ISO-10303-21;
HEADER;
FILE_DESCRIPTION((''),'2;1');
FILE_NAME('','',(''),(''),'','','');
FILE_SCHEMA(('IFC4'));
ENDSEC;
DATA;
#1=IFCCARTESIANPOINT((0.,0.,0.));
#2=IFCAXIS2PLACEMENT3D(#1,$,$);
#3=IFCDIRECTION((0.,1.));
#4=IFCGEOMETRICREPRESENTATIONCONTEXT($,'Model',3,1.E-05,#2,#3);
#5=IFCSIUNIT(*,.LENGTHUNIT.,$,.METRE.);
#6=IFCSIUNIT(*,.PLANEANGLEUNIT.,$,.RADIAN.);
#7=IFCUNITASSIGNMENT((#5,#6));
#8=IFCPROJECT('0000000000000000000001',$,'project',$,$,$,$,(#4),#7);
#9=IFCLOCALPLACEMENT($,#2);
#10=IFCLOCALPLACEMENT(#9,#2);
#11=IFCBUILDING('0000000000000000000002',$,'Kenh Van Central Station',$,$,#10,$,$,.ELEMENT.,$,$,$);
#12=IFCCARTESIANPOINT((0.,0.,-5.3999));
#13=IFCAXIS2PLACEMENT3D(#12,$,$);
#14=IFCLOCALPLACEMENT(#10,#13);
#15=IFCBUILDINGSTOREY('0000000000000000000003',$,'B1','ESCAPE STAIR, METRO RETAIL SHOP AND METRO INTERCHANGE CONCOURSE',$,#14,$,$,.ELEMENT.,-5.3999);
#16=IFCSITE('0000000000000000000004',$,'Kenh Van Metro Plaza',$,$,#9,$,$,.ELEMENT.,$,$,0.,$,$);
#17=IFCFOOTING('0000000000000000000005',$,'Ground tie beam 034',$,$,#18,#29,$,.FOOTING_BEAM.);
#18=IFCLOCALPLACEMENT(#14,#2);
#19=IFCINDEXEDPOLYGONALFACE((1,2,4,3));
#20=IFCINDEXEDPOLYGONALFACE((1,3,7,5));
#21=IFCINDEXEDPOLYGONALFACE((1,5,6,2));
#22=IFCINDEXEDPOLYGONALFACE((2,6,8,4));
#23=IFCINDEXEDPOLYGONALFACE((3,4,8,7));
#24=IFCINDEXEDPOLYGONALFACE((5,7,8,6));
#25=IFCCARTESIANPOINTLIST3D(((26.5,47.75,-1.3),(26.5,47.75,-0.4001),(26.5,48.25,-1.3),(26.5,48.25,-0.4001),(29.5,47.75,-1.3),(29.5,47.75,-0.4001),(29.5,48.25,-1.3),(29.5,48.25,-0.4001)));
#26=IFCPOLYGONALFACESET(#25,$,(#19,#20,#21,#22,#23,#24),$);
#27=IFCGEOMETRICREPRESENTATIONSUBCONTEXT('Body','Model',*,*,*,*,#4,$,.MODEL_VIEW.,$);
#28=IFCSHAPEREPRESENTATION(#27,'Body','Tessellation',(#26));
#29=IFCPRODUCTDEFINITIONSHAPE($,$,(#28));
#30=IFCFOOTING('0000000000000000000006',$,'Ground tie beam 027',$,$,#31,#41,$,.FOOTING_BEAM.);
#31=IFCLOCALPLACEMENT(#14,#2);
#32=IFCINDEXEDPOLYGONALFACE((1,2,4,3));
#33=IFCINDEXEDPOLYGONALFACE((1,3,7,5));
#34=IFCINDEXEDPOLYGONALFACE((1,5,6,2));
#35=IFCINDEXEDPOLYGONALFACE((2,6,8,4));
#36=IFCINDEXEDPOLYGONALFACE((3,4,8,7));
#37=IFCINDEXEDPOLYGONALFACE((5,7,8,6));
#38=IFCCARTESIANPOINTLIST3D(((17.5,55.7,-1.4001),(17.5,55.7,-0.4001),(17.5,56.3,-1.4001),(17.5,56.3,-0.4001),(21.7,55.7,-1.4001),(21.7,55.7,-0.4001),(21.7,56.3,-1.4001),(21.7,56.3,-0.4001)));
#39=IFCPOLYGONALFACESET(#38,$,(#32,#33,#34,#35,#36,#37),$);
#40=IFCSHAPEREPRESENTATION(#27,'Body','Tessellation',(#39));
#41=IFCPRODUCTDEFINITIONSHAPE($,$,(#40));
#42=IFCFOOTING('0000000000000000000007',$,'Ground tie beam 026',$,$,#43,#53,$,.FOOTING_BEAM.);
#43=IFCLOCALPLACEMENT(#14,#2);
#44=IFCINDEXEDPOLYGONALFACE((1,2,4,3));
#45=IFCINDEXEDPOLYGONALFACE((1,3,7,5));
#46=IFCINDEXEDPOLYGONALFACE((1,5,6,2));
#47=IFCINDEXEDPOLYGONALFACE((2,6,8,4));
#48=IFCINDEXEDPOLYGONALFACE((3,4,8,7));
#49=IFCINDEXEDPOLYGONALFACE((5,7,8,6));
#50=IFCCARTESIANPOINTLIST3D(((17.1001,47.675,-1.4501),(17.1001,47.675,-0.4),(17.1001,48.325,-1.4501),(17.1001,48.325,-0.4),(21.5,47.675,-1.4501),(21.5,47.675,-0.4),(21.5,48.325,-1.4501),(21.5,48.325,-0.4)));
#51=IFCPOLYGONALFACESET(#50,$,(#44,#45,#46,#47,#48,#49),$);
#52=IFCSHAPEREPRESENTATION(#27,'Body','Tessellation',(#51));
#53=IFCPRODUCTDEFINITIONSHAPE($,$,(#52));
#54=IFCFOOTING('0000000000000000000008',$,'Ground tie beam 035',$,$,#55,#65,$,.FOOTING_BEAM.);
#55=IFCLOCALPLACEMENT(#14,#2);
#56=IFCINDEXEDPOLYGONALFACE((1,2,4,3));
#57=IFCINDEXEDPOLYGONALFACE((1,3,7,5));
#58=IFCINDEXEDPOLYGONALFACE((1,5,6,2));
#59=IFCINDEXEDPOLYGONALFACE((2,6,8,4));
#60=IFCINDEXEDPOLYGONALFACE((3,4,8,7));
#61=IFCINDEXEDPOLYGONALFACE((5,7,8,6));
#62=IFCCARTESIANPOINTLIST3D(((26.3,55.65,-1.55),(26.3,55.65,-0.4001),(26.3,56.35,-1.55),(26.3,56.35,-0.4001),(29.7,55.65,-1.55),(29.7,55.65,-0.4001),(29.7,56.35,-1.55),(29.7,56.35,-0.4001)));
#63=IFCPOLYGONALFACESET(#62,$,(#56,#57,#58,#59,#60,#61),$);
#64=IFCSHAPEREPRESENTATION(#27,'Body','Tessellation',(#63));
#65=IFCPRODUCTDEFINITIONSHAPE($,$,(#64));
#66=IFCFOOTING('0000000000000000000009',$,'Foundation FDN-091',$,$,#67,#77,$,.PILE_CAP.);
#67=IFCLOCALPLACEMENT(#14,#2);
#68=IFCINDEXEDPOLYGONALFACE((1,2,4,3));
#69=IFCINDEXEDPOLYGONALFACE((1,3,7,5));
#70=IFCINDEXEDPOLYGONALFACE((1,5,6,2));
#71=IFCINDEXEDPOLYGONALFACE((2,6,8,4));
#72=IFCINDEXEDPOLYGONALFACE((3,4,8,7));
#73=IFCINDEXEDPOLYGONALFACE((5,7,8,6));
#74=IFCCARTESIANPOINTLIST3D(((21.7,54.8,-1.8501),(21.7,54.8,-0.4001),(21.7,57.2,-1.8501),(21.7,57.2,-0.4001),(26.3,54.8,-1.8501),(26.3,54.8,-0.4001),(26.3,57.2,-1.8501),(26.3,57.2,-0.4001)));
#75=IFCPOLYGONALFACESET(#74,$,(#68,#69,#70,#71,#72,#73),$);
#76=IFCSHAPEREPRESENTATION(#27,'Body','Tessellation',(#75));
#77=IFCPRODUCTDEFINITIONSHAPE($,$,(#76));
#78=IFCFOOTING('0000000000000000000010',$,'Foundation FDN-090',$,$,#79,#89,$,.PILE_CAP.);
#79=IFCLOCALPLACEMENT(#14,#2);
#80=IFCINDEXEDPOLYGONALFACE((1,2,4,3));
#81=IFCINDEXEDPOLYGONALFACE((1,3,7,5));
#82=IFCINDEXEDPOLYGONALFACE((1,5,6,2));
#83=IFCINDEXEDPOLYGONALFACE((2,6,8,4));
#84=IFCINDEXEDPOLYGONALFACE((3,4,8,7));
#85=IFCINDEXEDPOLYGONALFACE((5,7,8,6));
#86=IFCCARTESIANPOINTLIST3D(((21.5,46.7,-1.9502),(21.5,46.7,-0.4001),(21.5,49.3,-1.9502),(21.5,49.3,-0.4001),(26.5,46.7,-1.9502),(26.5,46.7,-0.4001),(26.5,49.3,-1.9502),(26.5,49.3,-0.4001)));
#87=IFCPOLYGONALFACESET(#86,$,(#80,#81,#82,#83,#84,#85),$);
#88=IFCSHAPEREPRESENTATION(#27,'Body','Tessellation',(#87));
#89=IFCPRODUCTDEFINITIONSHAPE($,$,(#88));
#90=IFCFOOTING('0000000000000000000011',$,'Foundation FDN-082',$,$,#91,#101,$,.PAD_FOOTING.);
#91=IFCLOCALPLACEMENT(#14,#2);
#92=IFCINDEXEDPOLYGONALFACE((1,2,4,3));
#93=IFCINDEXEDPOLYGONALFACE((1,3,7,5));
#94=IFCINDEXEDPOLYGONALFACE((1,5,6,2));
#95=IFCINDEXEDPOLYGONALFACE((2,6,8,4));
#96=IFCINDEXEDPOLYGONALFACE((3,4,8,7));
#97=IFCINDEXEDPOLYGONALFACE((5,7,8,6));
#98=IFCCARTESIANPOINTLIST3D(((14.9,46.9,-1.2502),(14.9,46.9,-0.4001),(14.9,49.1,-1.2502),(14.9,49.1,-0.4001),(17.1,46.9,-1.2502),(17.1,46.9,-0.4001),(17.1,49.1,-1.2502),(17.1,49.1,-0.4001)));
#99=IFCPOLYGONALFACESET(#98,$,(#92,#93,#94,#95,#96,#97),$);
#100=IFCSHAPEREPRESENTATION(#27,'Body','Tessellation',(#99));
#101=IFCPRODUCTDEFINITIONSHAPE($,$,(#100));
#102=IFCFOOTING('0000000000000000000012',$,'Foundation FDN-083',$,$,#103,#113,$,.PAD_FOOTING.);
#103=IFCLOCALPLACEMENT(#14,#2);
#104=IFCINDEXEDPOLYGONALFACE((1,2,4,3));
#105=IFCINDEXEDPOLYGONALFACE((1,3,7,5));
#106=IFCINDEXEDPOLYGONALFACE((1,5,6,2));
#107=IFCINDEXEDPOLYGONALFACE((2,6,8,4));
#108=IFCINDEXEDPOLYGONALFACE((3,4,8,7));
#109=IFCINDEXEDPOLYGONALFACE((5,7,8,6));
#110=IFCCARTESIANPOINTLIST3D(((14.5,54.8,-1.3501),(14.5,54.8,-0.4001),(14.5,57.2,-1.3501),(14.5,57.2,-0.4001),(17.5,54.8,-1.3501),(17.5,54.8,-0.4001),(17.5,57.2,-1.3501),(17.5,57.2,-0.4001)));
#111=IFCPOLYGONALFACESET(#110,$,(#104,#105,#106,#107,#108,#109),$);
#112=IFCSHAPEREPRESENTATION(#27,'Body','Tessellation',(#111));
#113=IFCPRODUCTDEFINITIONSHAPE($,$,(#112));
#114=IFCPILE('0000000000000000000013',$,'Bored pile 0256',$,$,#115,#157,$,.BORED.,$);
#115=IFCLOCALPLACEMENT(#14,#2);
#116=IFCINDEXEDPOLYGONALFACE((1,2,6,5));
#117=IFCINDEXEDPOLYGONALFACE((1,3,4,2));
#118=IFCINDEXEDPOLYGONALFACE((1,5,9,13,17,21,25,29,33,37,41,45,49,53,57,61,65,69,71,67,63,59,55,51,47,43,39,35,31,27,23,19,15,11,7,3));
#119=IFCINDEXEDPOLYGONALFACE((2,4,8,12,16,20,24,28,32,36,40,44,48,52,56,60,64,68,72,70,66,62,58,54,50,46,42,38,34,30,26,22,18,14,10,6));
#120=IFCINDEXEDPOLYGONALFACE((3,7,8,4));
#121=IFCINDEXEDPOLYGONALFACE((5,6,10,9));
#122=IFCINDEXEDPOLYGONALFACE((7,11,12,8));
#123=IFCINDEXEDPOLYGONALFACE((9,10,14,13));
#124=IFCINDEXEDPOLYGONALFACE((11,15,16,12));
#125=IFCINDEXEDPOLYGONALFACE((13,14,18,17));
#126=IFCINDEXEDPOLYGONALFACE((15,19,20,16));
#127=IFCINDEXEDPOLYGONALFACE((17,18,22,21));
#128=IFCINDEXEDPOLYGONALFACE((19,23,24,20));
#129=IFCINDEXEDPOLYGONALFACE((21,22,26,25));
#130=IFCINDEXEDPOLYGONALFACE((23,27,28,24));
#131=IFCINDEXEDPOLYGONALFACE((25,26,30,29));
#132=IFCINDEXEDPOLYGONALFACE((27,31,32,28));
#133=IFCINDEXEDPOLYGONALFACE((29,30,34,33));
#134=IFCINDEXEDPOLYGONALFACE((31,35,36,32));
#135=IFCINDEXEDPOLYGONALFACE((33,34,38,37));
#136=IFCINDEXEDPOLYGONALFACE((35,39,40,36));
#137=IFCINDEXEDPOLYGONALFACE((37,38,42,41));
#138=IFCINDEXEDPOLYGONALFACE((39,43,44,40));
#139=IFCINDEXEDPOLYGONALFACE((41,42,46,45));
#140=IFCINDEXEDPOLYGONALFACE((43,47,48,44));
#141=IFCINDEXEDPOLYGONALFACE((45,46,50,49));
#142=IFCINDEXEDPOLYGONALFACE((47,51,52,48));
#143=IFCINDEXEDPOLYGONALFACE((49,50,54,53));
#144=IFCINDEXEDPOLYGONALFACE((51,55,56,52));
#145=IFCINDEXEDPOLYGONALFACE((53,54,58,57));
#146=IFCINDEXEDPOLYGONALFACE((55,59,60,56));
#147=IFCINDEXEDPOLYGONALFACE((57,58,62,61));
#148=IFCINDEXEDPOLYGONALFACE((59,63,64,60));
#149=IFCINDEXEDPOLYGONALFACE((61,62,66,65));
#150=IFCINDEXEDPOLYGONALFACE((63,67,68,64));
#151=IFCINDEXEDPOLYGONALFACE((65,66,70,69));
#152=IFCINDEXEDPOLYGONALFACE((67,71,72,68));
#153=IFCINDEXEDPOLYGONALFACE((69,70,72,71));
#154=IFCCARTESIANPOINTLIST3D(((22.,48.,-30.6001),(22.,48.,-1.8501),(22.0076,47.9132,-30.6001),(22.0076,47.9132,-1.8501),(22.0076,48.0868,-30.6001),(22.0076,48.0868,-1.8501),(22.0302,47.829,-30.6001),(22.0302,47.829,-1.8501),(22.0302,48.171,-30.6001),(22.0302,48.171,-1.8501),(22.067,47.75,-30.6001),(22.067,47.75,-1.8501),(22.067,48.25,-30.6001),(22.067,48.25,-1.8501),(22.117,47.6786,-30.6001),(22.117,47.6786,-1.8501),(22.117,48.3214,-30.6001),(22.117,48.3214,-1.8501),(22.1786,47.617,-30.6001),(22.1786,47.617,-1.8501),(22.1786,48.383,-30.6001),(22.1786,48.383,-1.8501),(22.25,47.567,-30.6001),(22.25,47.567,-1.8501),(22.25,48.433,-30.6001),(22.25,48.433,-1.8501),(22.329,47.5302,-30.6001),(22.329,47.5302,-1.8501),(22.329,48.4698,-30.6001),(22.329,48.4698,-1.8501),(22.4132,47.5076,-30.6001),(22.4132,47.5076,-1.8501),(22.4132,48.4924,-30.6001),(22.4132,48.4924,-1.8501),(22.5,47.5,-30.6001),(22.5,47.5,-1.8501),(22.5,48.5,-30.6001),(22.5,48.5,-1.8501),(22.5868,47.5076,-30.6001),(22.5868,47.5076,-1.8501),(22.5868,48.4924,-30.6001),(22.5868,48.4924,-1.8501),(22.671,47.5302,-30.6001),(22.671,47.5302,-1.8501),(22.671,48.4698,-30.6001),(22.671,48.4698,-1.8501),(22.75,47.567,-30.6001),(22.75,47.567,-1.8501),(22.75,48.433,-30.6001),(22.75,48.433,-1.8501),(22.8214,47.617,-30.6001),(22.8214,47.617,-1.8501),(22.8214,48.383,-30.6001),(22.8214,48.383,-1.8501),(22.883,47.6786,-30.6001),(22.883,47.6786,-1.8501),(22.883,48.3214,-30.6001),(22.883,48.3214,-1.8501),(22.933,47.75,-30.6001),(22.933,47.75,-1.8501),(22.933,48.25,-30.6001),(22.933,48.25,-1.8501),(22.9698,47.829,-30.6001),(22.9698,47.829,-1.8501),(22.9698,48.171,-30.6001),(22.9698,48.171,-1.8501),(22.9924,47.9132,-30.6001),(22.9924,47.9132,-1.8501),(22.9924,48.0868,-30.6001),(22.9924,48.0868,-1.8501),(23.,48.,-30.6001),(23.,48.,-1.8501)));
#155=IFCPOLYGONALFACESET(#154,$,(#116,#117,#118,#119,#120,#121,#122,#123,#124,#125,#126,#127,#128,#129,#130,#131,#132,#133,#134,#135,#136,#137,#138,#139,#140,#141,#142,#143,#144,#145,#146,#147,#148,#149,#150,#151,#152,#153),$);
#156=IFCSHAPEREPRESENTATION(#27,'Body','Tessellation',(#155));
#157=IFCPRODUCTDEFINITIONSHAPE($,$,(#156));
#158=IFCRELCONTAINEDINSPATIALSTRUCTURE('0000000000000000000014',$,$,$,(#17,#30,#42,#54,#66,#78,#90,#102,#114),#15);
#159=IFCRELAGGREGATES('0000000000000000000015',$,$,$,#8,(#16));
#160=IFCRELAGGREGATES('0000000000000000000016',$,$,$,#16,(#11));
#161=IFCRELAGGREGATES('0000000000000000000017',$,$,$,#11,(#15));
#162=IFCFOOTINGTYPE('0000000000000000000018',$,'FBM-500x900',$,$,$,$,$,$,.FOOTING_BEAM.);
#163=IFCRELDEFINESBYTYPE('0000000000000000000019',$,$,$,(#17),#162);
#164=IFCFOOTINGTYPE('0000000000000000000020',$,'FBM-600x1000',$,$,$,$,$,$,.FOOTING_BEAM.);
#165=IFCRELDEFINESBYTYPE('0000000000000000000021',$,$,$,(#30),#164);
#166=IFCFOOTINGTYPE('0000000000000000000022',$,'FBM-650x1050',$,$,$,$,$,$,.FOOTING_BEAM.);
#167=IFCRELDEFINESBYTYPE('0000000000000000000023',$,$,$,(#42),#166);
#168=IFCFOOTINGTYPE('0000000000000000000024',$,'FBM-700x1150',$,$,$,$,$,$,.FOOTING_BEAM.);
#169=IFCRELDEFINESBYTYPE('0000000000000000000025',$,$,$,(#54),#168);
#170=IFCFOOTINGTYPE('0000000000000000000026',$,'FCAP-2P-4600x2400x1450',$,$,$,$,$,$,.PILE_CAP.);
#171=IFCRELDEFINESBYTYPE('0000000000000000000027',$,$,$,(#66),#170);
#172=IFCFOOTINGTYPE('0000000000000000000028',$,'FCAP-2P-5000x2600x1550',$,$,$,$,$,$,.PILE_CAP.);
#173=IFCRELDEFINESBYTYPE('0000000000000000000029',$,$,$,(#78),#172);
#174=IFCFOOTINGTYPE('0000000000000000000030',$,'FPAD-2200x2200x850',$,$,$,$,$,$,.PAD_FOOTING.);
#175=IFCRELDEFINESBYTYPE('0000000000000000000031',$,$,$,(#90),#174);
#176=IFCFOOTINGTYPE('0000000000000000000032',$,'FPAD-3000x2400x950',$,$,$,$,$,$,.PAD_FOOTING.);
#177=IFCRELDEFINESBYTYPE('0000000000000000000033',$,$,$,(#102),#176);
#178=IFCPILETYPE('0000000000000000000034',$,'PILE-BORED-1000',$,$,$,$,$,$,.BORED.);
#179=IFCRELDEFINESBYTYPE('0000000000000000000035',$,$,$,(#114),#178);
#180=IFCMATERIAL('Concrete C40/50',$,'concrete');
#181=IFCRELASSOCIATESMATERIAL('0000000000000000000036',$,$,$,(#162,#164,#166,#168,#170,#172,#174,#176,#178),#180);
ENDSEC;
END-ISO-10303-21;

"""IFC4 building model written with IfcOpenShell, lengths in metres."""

from ifc_helpers import new_model, si_unit, direction, frame, origin, origin_2d, place, context, subcontext, project, spatial, rectangle, circle, extrude, material, material_profile, profile_set, type_object, element, save


model = new_model("IFC4")

# Units and contexts
model_context = context("Model", 3, precision=1e-05, world=origin(), true_north=direction((0.0, 1.0)))
body_context = subcontext(model_context, "Body", "Model", "MODEL_VIEW")
ifc_project = project(units=[si_unit("LENGTHUNIT", "METRE"), si_unit("PLANEANGLEUNIT", "RADIAN")], contexts=[model_context])

# Site, building, storey
site_placement = place(None, origin())
site = spatial("IfcSite", under=ifc_project, at=site_placement, Name="Kenh Van Metro Plaza", CompositionType="ELEMENT", RefElevation=0.0)
building_placement = place(site_placement, origin())
building = spatial("IfcBuilding", under=site, at=building_placement, Name="Kenh Van Central Station", CompositionType="ELEMENT")
storey_placement = place(building_placement, frame((0.0, 0.0, -5.3999)))
storey = spatial("IfcBuildingStorey", under=building, at=storey_placement, Name="B1", Description="ESCAPE STAIR, METRO RETAIL SHOP AND METRO INTERCHANGE CONCOURSE", CompositionType="ELEMENT", Elevation=-5.3999)

# Footings
ifc_material_1 = material(Name="Concrete C40/50", Category="concrete")
ifc_material_profile_1 = material_profile(ifc_material_1, rectangle(XDim=0.5, YDim=0.8999, at=origin_2d()), Name="RC 500x900")
ifc_profile_set_1 = profile_set([ifc_material_profile_1], Name="Concrete C40/50")
footing_type_1 = type_object("IfcFootingType", Name="FBM-500x900", PredefinedType="FOOTING_BEAM", material=ifc_profile_set_1)
footing_1_placement = place(storey_placement, frame((26.5, 48.0, -0.8501), z_axis=(1.0, 0.0, 0.0), x_axis=(0.0, 1.0, 0.0)))
element("IfcFooting", 1, at=footing_1_placement, inside=storey, type_object=footing_type_1, Name="Ground tie beam 034", PredefinedType="FOOTING_BEAM", context=body_context, shape_type="SweptSolid", body=[
    extrude(rectangle(XDim=0.5, YDim=0.8999, at=origin_2d()), origin(), (0.0, 0.0, 1.0), 3.0),
])
ifc_material_profile_2 = material_profile(ifc_material_1, rectangle(XDim=0.6001, YDim=1.0, at=origin_2d()), Name="RC 600x1000")
ifc_profile_set_2 = profile_set([ifc_material_profile_2], Name="Concrete C40/50")
footing_type_2 = type_object("IfcFootingType", Name="FBM-600x1000", PredefinedType="FOOTING_BEAM", material=ifc_profile_set_2)
footing_2_placement = place(storey_placement, frame((17.5, 56.0, -0.9001), z_axis=(1.0, 0.0, 0.0), x_axis=(0.0, 1.0, 0.0)))
element("IfcFooting", 2, at=footing_2_placement, inside=storey, type_object=footing_type_2, Name="Ground tie beam 027", PredefinedType="FOOTING_BEAM", context=body_context, shape_type="SweptSolid", body=[
    extrude(rectangle(XDim=0.6001, YDim=1.0, at=origin_2d()), origin(), (0.0, 0.0, 1.0), 4.2),
])
ifc_material_profile_3 = material_profile(ifc_material_1, rectangle(XDim=0.6499, YDim=1.05, at=origin_2d()), Name="RC 650x1050")
ifc_profile_set_3 = profile_set([ifc_material_profile_3], Name="Concrete C40/50")
footing_type_3 = type_object("IfcFootingType", Name="FBM-650x1050", PredefinedType="FOOTING_BEAM", material=ifc_profile_set_3)
footing_3_placement = place(storey_placement, frame((17.1001, 48.0, -0.925), z_axis=(1.0, 0.0, 0.0), x_axis=(0.0, 1.0, 0.0)))
element("IfcFooting", 3, at=footing_3_placement, inside=storey, type_object=footing_type_3, Name="Ground tie beam 026", PredefinedType="FOOTING_BEAM", context=body_context, shape_type="SweptSolid", body=[
    extrude(rectangle(XDim=0.6499, YDim=1.05, at=origin_2d()), origin(), (0.0, 0.0, 1.0), 4.3999),
])
ifc_material_profile_4 = material_profile(ifc_material_1, rectangle(XDim=0.7, YDim=1.1499, at=origin_2d()), Name="RC 700x1150")
ifc_profile_set_4 = profile_set([ifc_material_profile_4], Name="Concrete C40/50")
footing_type_4 = type_object("IfcFootingType", Name="FBM-700x1150", PredefinedType="FOOTING_BEAM", material=ifc_profile_set_4)
footing_4_placement = place(storey_placement, frame((26.3, 56.0, -0.9751), z_axis=(1.0, 0.0, 0.0), x_axis=(0.0, 1.0, 0.0)))
element("IfcFooting", 4, at=footing_4_placement, inside=storey, type_object=footing_type_4, Name="Ground tie beam 035", PredefinedType="FOOTING_BEAM", context=body_context, shape_type="SweptSolid", body=[
    extrude(rectangle(XDim=0.7, YDim=1.1499, at=origin_2d()), origin(), (0.0, 0.0, 1.0), 3.3999),
])
footing_type_5 = type_object("IfcFootingType", Name="FCAP-2P-4600x2400x1450", PredefinedType="PILE_CAP", material=ifc_material_1)
footing_5_placement = place(storey_placement, frame((24.0, 56.0, -1.8501), z_axis=(0.0, 0.0, 1.0), x_axis=(1.0, 0.0, 0.0)))
element("IfcFooting", 5, at=footing_5_placement, inside=storey, type_object=footing_type_5, Name="Foundation FDN-091", PredefinedType="PILE_CAP", context=body_context, shape_type="SweptSolid", body=[
    extrude(rectangle(XDim=4.6001, YDim=2.3999, at=origin_2d()), origin(), (0.0, 0.0, 1.0), 1.45),
])
footing_type_6 = type_object("IfcFootingType", Name="FCAP-2P-5000x2600x1550", PredefinedType="PILE_CAP", material=ifc_material_1)
footing_6_placement = place(storey_placement, frame((24.0, 48.0, -1.9502), z_axis=(0.0, 0.0, 1.0), x_axis=(1.0, 0.0, 0.0)))
element("IfcFooting", 6, at=footing_6_placement, inside=storey, type_object=footing_type_6, Name="Foundation FDN-090", PredefinedType="PILE_CAP", context=body_context, shape_type="SweptSolid", body=[
    extrude(rectangle(XDim=5.0, YDim=2.6001, at=origin_2d()), origin(), (0.0, 0.0, 1.0), 1.55),
])
footing_type_7 = type_object("IfcFootingType", Name="FPAD-2200x2200x850", PredefinedType="PAD_FOOTING", material=ifc_material_1)
footing_7_placement = place(storey_placement, frame((16.0, 48.0, -1.2502), z_axis=(0.0, 0.0, 1.0), x_axis=(1.0, 0.0, 0.0)))
element("IfcFooting", 7, at=footing_7_placement, inside=storey, type_object=footing_type_7, Name="Foundation FDN-082", PredefinedType="PAD_FOOTING", context=body_context, shape_type="SweptSolid", body=[
    extrude(rectangle(XDim=2.2, YDim=2.2, at=origin_2d()), origin(), (0.0, 0.0, 1.0), 0.8501),
])
footing_type_8 = type_object("IfcFootingType", Name="FPAD-3000x2400x950", PredefinedType="PAD_FOOTING", material=ifc_material_1)
footing_8_placement = place(storey_placement, frame((16.0, 56.0, -1.3501), z_axis=(0.0, 0.0, 1.0), x_axis=(1.0, 0.0, 0.0)))
element("IfcFooting", 8, at=footing_8_placement, inside=storey, type_object=footing_type_8, Name="Foundation FDN-083", PredefinedType="PAD_FOOTING", context=body_context, shape_type="SweptSolid", body=[
    extrude(rectangle(XDim=3.0, YDim=2.3999, at=origin_2d()), origin(), (0.0, 0.0, 1.0), 0.95),
])

# Pile
ifc_material_profile_5 = material_profile(ifc_material_1, circle(Radius=0.5, at=origin_2d()), Name="PILE D1000")
ifc_profile_set_5 = profile_set([ifc_material_profile_5], Name="Concrete C40/50")
pile_type = type_object("IfcPileType", Name="PILE-BORED-1000", PredefinedType="BORED", material=ifc_profile_set_5)
for number, where, z_axis, x_axis, name in (
    (9, (22.5, 48.0, -1.8501), (0.0, 0.0, -1.0), (1.0, 0.0, 0.0), "Bored pile 0256"),
):
    element("IfcPile", number, at=place(storey_placement, frame(where, z_axis=z_axis, x_axis=x_axis)), inside=storey, type_object=pile_type, Name=name, PredefinedType="BORED", context=body_context, shape_type="SweptSolid", body=[
        extrude(circle(Radius=0.5, at=origin_2d()), origin(), (0.0, 0.0, 1.0), 28.75),
    ])

save(model, "model.ifc")
